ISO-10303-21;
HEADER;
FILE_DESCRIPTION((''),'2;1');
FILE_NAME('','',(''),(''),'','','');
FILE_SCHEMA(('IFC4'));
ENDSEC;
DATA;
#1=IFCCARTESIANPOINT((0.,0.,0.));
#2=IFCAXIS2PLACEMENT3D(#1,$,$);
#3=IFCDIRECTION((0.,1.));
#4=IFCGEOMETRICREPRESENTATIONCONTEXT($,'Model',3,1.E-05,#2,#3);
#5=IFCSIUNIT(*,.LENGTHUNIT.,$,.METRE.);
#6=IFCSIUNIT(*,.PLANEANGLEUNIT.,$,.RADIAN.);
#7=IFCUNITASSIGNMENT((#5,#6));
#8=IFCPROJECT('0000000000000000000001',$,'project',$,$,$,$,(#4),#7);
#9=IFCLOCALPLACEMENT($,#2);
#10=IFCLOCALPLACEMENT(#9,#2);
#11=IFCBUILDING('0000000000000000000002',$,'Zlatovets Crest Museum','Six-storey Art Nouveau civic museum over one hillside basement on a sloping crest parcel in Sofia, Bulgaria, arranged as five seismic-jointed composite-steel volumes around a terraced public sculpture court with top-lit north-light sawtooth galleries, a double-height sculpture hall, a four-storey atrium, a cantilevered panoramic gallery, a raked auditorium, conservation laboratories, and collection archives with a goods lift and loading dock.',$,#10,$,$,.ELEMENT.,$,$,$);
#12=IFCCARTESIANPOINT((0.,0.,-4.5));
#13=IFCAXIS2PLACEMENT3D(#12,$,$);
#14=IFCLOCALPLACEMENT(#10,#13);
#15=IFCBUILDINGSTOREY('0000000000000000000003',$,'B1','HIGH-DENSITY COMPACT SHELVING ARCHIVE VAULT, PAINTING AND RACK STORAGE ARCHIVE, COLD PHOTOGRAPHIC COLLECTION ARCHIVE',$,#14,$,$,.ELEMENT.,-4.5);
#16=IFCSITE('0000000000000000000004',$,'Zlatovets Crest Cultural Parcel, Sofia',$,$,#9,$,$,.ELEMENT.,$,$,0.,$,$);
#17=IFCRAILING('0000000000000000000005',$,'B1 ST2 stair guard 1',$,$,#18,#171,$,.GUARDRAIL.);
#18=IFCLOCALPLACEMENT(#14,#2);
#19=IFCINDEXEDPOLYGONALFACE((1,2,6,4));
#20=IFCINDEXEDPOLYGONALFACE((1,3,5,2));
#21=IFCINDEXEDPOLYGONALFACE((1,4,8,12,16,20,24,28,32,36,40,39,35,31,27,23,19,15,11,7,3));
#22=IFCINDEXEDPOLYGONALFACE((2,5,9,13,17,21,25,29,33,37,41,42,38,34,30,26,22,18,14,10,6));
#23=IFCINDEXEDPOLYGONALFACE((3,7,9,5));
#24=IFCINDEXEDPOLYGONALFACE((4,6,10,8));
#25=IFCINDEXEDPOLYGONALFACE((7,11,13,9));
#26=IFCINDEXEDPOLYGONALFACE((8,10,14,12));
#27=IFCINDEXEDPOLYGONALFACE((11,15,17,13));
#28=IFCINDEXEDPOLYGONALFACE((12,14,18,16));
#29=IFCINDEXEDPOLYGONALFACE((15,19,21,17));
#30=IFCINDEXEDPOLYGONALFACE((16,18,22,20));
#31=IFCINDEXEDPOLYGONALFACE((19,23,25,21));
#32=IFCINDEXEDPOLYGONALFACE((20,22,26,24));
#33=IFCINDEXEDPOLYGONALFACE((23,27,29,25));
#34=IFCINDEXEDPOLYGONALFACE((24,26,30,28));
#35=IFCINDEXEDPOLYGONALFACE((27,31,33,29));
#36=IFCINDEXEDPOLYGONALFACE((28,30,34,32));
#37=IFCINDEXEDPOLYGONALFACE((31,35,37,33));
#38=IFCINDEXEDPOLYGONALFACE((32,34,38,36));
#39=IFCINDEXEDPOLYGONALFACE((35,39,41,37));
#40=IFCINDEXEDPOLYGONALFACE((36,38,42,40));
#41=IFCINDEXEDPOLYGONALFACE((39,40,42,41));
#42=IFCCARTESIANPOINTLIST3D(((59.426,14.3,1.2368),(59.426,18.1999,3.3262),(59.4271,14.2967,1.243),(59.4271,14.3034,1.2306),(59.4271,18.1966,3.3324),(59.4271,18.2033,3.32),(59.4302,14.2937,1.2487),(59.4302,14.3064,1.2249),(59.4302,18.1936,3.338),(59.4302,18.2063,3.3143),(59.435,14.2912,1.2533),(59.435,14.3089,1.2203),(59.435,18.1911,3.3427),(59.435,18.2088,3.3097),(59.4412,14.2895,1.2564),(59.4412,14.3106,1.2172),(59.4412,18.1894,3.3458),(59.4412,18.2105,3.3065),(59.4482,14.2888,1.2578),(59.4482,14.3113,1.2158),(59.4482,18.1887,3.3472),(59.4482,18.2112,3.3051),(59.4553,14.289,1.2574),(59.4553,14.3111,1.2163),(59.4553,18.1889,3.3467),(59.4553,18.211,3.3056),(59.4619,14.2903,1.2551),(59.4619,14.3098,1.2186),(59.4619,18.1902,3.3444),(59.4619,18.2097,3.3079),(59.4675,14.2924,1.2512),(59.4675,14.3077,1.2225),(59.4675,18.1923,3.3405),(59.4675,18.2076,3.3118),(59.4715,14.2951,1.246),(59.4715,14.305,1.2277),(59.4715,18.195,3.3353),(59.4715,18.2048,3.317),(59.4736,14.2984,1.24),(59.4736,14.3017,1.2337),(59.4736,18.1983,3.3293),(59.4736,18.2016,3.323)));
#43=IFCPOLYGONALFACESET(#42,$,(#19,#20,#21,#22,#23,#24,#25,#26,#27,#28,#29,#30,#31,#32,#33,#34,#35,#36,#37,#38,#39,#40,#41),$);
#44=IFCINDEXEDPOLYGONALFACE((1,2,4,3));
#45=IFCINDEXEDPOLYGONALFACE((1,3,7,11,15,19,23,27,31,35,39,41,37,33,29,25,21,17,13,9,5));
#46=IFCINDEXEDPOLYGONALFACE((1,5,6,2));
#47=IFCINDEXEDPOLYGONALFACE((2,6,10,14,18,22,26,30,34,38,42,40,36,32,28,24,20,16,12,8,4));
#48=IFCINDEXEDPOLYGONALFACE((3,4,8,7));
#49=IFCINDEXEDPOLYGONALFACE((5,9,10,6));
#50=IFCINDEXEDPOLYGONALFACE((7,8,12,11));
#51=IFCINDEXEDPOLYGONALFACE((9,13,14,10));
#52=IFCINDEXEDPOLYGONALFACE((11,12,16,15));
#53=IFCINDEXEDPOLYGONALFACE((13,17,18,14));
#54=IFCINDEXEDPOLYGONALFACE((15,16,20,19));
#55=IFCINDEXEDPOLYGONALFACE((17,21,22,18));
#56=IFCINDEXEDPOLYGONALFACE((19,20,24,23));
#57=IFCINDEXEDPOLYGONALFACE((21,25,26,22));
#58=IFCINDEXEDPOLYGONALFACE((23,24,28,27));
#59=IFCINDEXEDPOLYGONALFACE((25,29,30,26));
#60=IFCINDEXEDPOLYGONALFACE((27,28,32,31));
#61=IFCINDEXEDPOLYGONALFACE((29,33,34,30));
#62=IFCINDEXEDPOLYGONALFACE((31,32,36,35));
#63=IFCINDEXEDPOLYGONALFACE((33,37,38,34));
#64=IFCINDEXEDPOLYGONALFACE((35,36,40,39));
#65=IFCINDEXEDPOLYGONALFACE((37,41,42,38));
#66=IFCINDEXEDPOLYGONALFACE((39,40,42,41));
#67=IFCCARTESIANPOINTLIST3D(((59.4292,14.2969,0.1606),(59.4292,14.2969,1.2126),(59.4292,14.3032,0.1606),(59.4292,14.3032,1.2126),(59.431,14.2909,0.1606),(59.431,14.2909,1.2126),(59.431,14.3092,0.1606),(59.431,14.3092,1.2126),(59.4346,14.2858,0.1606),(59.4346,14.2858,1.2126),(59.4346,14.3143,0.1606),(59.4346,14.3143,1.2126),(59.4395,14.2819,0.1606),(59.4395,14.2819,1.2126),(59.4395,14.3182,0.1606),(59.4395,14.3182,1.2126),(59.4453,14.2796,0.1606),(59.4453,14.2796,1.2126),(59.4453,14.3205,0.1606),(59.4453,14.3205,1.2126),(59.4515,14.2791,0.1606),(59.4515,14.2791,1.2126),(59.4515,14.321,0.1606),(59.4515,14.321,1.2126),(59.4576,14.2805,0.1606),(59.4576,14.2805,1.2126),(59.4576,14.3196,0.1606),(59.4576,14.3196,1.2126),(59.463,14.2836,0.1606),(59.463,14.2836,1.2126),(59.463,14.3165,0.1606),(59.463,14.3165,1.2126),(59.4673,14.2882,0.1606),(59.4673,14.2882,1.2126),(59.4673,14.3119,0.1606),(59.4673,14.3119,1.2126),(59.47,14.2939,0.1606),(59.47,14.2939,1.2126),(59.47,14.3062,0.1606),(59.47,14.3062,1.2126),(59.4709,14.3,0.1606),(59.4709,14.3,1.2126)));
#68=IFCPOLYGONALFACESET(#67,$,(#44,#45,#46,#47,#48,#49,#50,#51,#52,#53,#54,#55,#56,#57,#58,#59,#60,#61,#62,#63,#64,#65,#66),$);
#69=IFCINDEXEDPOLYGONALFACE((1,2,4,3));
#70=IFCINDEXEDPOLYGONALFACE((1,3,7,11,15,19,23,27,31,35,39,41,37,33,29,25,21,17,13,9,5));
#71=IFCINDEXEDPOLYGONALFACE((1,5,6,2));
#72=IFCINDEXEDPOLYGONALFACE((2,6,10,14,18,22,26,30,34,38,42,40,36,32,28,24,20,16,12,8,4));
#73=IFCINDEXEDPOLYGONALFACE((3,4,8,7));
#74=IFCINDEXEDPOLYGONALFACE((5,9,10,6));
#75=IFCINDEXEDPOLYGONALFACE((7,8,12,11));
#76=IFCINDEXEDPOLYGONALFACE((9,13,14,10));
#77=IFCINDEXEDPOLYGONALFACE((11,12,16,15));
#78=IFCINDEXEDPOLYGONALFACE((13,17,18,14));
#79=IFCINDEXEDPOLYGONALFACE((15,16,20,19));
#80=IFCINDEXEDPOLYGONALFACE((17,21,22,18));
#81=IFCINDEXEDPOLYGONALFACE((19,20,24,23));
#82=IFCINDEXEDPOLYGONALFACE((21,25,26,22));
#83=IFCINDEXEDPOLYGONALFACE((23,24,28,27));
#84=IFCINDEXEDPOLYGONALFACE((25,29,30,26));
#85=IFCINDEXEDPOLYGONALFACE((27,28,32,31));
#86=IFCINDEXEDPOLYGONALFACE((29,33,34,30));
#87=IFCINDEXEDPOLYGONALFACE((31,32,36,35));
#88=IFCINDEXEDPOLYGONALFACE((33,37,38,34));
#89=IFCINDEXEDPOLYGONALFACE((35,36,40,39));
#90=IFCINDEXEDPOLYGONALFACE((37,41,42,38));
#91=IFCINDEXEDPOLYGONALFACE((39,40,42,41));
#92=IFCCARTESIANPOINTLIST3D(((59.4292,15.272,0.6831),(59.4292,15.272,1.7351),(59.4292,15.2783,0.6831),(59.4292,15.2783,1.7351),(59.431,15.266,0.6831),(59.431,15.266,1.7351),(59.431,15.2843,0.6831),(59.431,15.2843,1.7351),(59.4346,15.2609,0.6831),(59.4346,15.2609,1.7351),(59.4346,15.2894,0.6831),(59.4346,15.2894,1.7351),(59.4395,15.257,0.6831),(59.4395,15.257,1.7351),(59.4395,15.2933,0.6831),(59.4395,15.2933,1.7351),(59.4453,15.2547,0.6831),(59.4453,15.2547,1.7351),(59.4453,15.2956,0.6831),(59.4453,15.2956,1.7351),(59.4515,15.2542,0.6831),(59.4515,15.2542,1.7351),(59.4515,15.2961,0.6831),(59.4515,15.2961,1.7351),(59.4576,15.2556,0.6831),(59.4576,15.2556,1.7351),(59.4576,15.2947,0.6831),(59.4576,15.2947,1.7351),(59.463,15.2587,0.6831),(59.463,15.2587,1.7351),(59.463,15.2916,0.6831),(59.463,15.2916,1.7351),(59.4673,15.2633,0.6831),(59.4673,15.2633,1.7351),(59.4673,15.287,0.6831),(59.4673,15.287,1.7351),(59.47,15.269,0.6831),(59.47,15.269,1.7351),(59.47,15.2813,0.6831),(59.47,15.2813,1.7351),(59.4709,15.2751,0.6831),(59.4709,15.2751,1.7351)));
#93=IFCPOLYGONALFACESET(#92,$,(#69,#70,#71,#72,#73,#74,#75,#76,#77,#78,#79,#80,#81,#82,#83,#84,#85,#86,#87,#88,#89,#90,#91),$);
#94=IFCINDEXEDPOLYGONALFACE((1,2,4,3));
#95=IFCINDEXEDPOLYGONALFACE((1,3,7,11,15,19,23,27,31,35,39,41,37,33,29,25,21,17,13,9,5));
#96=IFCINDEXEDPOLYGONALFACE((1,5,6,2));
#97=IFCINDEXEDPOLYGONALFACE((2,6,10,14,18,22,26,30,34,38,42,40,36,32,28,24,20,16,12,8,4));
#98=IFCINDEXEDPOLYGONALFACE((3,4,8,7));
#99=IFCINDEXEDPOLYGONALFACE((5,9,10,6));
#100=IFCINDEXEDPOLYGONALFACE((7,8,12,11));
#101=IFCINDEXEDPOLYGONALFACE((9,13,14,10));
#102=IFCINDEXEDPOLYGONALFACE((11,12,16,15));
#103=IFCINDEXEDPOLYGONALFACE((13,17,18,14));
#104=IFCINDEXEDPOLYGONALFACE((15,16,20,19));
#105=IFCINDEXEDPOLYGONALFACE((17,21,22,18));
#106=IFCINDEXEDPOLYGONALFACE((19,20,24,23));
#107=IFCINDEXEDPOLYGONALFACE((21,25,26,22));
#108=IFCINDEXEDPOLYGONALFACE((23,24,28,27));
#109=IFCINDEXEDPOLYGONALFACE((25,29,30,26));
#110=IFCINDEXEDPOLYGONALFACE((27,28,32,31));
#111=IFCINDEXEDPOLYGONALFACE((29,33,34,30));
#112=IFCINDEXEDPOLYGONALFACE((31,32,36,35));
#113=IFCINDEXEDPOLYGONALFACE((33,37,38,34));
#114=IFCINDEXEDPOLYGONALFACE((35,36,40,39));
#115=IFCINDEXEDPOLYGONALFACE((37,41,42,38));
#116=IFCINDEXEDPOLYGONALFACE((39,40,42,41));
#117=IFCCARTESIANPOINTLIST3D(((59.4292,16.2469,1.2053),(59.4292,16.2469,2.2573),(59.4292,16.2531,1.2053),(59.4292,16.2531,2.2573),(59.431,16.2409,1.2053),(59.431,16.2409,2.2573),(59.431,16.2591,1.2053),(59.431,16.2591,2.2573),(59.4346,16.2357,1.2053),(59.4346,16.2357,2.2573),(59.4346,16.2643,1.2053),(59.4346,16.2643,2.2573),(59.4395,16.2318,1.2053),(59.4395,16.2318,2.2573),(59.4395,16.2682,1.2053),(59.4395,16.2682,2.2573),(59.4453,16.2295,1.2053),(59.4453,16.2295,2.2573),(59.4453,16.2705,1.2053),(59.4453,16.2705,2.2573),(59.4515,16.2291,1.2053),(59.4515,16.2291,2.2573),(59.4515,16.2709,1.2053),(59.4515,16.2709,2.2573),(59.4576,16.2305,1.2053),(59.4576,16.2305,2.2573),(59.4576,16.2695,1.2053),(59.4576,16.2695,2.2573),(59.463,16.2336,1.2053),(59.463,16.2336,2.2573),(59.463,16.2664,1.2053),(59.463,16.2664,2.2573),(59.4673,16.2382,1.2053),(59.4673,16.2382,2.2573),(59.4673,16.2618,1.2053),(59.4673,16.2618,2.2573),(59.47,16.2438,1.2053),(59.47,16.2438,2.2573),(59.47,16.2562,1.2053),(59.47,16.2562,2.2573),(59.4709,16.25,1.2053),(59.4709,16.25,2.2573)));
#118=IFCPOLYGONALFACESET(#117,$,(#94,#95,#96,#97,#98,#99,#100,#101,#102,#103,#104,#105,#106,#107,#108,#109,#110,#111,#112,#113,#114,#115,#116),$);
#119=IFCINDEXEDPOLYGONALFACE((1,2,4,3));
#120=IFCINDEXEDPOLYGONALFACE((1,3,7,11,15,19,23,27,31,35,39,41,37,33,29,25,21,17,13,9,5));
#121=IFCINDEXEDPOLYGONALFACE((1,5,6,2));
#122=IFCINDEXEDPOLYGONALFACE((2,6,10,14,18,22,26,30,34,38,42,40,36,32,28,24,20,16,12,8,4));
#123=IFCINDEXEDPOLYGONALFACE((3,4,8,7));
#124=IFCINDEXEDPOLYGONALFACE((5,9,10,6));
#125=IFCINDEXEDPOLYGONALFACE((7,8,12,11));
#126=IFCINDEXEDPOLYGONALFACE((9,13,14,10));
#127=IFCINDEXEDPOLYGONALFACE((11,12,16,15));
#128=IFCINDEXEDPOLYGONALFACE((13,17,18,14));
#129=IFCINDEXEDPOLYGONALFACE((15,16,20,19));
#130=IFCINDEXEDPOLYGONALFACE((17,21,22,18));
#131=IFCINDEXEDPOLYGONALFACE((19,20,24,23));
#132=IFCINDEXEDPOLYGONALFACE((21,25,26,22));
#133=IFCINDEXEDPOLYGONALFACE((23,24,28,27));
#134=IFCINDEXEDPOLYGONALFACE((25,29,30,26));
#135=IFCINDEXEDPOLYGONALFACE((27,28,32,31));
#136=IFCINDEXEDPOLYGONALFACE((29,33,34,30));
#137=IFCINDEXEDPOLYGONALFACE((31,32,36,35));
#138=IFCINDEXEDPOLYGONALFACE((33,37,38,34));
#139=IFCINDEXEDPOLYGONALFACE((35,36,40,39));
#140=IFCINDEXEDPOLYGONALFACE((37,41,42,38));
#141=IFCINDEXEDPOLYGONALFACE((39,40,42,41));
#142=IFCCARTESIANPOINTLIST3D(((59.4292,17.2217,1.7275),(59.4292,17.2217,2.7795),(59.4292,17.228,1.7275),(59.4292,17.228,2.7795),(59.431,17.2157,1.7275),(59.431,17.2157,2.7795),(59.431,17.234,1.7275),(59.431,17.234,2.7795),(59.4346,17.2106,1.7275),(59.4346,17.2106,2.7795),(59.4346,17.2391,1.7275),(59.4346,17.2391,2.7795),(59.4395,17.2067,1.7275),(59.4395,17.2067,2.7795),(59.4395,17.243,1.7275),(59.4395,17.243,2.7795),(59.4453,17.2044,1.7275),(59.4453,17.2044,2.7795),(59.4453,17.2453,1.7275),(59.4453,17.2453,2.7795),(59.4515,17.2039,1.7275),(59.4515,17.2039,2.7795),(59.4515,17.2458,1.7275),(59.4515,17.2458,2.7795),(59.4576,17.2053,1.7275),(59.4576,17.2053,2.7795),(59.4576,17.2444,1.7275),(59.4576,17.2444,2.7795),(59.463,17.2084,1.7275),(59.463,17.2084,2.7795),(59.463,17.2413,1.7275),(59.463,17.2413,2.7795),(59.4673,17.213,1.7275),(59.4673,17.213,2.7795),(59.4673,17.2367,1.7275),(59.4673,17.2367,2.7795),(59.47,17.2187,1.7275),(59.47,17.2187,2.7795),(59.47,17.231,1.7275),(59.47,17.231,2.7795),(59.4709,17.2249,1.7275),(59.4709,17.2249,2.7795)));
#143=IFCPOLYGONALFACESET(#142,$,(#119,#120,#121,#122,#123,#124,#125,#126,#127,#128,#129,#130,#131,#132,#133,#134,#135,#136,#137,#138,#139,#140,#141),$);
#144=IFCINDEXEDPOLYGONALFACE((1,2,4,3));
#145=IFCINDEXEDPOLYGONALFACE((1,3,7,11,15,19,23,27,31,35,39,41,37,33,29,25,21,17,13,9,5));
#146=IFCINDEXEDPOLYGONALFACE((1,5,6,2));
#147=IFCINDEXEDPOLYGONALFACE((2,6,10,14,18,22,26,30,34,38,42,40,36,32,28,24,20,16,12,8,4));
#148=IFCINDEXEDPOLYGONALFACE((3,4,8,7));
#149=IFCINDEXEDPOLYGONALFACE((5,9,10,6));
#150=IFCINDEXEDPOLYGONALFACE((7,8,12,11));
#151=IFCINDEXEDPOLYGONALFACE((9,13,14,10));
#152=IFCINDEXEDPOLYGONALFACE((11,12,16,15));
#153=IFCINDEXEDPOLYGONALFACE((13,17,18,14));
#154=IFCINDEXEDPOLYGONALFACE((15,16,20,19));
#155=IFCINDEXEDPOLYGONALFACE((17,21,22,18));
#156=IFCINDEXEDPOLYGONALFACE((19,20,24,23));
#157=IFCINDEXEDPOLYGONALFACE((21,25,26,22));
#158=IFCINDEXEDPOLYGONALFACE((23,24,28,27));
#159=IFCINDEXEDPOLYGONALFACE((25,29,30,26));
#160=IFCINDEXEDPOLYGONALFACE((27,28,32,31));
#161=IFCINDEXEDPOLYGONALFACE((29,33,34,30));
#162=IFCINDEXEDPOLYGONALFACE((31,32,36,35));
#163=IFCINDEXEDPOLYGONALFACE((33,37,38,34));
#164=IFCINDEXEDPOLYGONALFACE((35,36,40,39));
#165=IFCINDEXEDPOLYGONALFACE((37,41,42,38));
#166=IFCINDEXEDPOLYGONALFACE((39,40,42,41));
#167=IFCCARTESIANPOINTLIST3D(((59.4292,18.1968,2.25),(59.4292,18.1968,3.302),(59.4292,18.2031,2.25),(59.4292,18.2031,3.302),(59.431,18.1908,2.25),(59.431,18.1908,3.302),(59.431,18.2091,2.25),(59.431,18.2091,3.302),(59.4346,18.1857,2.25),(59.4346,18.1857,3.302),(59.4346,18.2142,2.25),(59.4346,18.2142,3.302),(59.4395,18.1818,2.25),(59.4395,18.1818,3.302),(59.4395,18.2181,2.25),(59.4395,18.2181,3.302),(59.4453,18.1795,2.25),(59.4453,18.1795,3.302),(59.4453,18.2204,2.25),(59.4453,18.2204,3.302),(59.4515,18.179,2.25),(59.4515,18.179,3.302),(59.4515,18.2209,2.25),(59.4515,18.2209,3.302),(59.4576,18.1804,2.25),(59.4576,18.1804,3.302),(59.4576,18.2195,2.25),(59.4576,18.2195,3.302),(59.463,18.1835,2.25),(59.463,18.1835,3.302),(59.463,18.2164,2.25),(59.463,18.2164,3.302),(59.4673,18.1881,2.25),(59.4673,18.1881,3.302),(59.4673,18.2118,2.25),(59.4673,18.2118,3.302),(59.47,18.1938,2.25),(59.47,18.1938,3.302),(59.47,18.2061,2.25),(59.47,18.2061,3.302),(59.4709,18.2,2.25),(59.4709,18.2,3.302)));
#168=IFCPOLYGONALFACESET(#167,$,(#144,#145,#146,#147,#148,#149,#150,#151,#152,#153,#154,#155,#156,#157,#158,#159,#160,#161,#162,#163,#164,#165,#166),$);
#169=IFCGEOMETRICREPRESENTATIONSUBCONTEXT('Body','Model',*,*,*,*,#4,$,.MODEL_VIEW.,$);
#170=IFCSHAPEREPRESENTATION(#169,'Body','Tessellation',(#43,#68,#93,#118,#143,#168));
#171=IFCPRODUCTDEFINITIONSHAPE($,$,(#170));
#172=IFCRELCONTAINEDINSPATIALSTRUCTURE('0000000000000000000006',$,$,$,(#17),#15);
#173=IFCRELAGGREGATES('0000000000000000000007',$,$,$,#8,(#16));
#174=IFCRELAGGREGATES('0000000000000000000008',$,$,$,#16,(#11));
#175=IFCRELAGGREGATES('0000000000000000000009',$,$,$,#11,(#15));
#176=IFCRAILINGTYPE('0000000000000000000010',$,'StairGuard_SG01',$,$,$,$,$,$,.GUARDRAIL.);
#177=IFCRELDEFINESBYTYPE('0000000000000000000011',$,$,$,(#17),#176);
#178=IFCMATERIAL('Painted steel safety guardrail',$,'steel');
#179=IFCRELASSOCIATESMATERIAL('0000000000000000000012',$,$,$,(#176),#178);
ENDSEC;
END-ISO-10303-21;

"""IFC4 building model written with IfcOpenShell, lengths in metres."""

from ifc_helpers import new_model, si_unit, direction, frame, origin, origin_2d, place, context, subcontext, project, spatial, circle, extrude, material, type_object, element, save


model = new_model("IFC4")

# Units and contexts
model_context = context("Model", 3, precision=1e-05, world=origin(), true_north=direction((0.0, 1.0)))
body_context = subcontext(model_context, "Body", "Model", "MODEL_VIEW")
ifc_project = project(units=[si_unit("LENGTHUNIT", "METRE"), si_unit("PLANEANGLEUNIT", "RADIAN")], contexts=[model_context])

# Site, building, storey
site_placement = place(None, origin())
site = spatial("IfcSite", under=ifc_project, at=site_placement, Name="Zlatovets Crest Cultural Parcel, Sofia", CompositionType="ELEMENT", RefElevation=0.0)
building_placement = place(site_placement, origin())
building = spatial("IfcBuilding", under=site, at=building_placement, Name="Zlatovets Crest Museum", Description="Six-storey Art Nouveau civic museum over one hillside basement on a sloping crest parcel in Sofia, Bulgaria, arranged as five seismic-jointed composite-steel volumes around a terraced public sculpture court with top-lit north-light sawtooth galleries, a double-height sculpture hall, a four-storey atrium, a cantilevered panoramic gallery, a raked auditorium, conservation laboratories, and collection archives with a goods lift and loading dock.", CompositionType="ELEMENT")
storey_placement = place(building_placement, frame((0.0, 0.0, -4.5)))
storey = spatial("IfcBuildingStorey", under=building, at=storey_placement, Name="B1", Description="HIGH-DENSITY COMPACT SHELVING ARCHIVE VAULT, PAINTING AND RACK STORAGE ARCHIVE, COLD PHOTOGRAPHIC COLLECTION ARCHIVE", CompositionType="ELEMENT", Elevation=-4.5)

# Railing
ifc_material_1 = material(Name="Painted steel safety guardrail", Category="steel")
railing_type_1 = type_object("IfcRailingType", Name="StairGuard_SG01", PredefinedType="GUARDRAIL", material=ifc_material_1)
railing_1_placement = place(storey_placement, frame((59.45, 14.3, 0.1606)))
element("IfcRailing", 1, at=railing_1_placement, inside=storey, type_object=railing_type_1, Name="B1 ST2 stair guard 1", PredefinedType="GUARDRAIL", context=body_context, shape_type="SweptSolid", body=[
    extrude(circle(Radius=0.0239, at=origin_2d()), frame((0.0, 0.0, 1.0762), z_axis=(0.0, 0.881468, 0.472243), x_axis=(-1.0, 0.0, 0.0)), (0.0, 0.0, 1.0), 4.4243),
    extrude(circle(Radius=0.021, at=origin_2d()), origin(), (0.0, 0.0, 1.0), 1.052),
    extrude(circle(Radius=0.021, at=origin_2d()), frame((0.0, 0.9751, 0.5225)), (0.0, 0.0, 1.0), 1.052),
    extrude(circle(Radius=0.021, at=origin_2d()), frame((0.0, 1.95, 1.0447)), (0.0, 0.0, 1.0), 1.052),
    extrude(circle(Radius=0.021, at=origin_2d()), frame((0.0, 2.9248, 1.5669)), (0.0, 0.0, 1.0), 1.052),
    extrude(circle(Radius=0.021, at=origin_2d()), frame((0.0, 3.8999, 2.0894)), (0.0, 0.0, 1.0), 1.052),
])

save(model, "model.ifc")
